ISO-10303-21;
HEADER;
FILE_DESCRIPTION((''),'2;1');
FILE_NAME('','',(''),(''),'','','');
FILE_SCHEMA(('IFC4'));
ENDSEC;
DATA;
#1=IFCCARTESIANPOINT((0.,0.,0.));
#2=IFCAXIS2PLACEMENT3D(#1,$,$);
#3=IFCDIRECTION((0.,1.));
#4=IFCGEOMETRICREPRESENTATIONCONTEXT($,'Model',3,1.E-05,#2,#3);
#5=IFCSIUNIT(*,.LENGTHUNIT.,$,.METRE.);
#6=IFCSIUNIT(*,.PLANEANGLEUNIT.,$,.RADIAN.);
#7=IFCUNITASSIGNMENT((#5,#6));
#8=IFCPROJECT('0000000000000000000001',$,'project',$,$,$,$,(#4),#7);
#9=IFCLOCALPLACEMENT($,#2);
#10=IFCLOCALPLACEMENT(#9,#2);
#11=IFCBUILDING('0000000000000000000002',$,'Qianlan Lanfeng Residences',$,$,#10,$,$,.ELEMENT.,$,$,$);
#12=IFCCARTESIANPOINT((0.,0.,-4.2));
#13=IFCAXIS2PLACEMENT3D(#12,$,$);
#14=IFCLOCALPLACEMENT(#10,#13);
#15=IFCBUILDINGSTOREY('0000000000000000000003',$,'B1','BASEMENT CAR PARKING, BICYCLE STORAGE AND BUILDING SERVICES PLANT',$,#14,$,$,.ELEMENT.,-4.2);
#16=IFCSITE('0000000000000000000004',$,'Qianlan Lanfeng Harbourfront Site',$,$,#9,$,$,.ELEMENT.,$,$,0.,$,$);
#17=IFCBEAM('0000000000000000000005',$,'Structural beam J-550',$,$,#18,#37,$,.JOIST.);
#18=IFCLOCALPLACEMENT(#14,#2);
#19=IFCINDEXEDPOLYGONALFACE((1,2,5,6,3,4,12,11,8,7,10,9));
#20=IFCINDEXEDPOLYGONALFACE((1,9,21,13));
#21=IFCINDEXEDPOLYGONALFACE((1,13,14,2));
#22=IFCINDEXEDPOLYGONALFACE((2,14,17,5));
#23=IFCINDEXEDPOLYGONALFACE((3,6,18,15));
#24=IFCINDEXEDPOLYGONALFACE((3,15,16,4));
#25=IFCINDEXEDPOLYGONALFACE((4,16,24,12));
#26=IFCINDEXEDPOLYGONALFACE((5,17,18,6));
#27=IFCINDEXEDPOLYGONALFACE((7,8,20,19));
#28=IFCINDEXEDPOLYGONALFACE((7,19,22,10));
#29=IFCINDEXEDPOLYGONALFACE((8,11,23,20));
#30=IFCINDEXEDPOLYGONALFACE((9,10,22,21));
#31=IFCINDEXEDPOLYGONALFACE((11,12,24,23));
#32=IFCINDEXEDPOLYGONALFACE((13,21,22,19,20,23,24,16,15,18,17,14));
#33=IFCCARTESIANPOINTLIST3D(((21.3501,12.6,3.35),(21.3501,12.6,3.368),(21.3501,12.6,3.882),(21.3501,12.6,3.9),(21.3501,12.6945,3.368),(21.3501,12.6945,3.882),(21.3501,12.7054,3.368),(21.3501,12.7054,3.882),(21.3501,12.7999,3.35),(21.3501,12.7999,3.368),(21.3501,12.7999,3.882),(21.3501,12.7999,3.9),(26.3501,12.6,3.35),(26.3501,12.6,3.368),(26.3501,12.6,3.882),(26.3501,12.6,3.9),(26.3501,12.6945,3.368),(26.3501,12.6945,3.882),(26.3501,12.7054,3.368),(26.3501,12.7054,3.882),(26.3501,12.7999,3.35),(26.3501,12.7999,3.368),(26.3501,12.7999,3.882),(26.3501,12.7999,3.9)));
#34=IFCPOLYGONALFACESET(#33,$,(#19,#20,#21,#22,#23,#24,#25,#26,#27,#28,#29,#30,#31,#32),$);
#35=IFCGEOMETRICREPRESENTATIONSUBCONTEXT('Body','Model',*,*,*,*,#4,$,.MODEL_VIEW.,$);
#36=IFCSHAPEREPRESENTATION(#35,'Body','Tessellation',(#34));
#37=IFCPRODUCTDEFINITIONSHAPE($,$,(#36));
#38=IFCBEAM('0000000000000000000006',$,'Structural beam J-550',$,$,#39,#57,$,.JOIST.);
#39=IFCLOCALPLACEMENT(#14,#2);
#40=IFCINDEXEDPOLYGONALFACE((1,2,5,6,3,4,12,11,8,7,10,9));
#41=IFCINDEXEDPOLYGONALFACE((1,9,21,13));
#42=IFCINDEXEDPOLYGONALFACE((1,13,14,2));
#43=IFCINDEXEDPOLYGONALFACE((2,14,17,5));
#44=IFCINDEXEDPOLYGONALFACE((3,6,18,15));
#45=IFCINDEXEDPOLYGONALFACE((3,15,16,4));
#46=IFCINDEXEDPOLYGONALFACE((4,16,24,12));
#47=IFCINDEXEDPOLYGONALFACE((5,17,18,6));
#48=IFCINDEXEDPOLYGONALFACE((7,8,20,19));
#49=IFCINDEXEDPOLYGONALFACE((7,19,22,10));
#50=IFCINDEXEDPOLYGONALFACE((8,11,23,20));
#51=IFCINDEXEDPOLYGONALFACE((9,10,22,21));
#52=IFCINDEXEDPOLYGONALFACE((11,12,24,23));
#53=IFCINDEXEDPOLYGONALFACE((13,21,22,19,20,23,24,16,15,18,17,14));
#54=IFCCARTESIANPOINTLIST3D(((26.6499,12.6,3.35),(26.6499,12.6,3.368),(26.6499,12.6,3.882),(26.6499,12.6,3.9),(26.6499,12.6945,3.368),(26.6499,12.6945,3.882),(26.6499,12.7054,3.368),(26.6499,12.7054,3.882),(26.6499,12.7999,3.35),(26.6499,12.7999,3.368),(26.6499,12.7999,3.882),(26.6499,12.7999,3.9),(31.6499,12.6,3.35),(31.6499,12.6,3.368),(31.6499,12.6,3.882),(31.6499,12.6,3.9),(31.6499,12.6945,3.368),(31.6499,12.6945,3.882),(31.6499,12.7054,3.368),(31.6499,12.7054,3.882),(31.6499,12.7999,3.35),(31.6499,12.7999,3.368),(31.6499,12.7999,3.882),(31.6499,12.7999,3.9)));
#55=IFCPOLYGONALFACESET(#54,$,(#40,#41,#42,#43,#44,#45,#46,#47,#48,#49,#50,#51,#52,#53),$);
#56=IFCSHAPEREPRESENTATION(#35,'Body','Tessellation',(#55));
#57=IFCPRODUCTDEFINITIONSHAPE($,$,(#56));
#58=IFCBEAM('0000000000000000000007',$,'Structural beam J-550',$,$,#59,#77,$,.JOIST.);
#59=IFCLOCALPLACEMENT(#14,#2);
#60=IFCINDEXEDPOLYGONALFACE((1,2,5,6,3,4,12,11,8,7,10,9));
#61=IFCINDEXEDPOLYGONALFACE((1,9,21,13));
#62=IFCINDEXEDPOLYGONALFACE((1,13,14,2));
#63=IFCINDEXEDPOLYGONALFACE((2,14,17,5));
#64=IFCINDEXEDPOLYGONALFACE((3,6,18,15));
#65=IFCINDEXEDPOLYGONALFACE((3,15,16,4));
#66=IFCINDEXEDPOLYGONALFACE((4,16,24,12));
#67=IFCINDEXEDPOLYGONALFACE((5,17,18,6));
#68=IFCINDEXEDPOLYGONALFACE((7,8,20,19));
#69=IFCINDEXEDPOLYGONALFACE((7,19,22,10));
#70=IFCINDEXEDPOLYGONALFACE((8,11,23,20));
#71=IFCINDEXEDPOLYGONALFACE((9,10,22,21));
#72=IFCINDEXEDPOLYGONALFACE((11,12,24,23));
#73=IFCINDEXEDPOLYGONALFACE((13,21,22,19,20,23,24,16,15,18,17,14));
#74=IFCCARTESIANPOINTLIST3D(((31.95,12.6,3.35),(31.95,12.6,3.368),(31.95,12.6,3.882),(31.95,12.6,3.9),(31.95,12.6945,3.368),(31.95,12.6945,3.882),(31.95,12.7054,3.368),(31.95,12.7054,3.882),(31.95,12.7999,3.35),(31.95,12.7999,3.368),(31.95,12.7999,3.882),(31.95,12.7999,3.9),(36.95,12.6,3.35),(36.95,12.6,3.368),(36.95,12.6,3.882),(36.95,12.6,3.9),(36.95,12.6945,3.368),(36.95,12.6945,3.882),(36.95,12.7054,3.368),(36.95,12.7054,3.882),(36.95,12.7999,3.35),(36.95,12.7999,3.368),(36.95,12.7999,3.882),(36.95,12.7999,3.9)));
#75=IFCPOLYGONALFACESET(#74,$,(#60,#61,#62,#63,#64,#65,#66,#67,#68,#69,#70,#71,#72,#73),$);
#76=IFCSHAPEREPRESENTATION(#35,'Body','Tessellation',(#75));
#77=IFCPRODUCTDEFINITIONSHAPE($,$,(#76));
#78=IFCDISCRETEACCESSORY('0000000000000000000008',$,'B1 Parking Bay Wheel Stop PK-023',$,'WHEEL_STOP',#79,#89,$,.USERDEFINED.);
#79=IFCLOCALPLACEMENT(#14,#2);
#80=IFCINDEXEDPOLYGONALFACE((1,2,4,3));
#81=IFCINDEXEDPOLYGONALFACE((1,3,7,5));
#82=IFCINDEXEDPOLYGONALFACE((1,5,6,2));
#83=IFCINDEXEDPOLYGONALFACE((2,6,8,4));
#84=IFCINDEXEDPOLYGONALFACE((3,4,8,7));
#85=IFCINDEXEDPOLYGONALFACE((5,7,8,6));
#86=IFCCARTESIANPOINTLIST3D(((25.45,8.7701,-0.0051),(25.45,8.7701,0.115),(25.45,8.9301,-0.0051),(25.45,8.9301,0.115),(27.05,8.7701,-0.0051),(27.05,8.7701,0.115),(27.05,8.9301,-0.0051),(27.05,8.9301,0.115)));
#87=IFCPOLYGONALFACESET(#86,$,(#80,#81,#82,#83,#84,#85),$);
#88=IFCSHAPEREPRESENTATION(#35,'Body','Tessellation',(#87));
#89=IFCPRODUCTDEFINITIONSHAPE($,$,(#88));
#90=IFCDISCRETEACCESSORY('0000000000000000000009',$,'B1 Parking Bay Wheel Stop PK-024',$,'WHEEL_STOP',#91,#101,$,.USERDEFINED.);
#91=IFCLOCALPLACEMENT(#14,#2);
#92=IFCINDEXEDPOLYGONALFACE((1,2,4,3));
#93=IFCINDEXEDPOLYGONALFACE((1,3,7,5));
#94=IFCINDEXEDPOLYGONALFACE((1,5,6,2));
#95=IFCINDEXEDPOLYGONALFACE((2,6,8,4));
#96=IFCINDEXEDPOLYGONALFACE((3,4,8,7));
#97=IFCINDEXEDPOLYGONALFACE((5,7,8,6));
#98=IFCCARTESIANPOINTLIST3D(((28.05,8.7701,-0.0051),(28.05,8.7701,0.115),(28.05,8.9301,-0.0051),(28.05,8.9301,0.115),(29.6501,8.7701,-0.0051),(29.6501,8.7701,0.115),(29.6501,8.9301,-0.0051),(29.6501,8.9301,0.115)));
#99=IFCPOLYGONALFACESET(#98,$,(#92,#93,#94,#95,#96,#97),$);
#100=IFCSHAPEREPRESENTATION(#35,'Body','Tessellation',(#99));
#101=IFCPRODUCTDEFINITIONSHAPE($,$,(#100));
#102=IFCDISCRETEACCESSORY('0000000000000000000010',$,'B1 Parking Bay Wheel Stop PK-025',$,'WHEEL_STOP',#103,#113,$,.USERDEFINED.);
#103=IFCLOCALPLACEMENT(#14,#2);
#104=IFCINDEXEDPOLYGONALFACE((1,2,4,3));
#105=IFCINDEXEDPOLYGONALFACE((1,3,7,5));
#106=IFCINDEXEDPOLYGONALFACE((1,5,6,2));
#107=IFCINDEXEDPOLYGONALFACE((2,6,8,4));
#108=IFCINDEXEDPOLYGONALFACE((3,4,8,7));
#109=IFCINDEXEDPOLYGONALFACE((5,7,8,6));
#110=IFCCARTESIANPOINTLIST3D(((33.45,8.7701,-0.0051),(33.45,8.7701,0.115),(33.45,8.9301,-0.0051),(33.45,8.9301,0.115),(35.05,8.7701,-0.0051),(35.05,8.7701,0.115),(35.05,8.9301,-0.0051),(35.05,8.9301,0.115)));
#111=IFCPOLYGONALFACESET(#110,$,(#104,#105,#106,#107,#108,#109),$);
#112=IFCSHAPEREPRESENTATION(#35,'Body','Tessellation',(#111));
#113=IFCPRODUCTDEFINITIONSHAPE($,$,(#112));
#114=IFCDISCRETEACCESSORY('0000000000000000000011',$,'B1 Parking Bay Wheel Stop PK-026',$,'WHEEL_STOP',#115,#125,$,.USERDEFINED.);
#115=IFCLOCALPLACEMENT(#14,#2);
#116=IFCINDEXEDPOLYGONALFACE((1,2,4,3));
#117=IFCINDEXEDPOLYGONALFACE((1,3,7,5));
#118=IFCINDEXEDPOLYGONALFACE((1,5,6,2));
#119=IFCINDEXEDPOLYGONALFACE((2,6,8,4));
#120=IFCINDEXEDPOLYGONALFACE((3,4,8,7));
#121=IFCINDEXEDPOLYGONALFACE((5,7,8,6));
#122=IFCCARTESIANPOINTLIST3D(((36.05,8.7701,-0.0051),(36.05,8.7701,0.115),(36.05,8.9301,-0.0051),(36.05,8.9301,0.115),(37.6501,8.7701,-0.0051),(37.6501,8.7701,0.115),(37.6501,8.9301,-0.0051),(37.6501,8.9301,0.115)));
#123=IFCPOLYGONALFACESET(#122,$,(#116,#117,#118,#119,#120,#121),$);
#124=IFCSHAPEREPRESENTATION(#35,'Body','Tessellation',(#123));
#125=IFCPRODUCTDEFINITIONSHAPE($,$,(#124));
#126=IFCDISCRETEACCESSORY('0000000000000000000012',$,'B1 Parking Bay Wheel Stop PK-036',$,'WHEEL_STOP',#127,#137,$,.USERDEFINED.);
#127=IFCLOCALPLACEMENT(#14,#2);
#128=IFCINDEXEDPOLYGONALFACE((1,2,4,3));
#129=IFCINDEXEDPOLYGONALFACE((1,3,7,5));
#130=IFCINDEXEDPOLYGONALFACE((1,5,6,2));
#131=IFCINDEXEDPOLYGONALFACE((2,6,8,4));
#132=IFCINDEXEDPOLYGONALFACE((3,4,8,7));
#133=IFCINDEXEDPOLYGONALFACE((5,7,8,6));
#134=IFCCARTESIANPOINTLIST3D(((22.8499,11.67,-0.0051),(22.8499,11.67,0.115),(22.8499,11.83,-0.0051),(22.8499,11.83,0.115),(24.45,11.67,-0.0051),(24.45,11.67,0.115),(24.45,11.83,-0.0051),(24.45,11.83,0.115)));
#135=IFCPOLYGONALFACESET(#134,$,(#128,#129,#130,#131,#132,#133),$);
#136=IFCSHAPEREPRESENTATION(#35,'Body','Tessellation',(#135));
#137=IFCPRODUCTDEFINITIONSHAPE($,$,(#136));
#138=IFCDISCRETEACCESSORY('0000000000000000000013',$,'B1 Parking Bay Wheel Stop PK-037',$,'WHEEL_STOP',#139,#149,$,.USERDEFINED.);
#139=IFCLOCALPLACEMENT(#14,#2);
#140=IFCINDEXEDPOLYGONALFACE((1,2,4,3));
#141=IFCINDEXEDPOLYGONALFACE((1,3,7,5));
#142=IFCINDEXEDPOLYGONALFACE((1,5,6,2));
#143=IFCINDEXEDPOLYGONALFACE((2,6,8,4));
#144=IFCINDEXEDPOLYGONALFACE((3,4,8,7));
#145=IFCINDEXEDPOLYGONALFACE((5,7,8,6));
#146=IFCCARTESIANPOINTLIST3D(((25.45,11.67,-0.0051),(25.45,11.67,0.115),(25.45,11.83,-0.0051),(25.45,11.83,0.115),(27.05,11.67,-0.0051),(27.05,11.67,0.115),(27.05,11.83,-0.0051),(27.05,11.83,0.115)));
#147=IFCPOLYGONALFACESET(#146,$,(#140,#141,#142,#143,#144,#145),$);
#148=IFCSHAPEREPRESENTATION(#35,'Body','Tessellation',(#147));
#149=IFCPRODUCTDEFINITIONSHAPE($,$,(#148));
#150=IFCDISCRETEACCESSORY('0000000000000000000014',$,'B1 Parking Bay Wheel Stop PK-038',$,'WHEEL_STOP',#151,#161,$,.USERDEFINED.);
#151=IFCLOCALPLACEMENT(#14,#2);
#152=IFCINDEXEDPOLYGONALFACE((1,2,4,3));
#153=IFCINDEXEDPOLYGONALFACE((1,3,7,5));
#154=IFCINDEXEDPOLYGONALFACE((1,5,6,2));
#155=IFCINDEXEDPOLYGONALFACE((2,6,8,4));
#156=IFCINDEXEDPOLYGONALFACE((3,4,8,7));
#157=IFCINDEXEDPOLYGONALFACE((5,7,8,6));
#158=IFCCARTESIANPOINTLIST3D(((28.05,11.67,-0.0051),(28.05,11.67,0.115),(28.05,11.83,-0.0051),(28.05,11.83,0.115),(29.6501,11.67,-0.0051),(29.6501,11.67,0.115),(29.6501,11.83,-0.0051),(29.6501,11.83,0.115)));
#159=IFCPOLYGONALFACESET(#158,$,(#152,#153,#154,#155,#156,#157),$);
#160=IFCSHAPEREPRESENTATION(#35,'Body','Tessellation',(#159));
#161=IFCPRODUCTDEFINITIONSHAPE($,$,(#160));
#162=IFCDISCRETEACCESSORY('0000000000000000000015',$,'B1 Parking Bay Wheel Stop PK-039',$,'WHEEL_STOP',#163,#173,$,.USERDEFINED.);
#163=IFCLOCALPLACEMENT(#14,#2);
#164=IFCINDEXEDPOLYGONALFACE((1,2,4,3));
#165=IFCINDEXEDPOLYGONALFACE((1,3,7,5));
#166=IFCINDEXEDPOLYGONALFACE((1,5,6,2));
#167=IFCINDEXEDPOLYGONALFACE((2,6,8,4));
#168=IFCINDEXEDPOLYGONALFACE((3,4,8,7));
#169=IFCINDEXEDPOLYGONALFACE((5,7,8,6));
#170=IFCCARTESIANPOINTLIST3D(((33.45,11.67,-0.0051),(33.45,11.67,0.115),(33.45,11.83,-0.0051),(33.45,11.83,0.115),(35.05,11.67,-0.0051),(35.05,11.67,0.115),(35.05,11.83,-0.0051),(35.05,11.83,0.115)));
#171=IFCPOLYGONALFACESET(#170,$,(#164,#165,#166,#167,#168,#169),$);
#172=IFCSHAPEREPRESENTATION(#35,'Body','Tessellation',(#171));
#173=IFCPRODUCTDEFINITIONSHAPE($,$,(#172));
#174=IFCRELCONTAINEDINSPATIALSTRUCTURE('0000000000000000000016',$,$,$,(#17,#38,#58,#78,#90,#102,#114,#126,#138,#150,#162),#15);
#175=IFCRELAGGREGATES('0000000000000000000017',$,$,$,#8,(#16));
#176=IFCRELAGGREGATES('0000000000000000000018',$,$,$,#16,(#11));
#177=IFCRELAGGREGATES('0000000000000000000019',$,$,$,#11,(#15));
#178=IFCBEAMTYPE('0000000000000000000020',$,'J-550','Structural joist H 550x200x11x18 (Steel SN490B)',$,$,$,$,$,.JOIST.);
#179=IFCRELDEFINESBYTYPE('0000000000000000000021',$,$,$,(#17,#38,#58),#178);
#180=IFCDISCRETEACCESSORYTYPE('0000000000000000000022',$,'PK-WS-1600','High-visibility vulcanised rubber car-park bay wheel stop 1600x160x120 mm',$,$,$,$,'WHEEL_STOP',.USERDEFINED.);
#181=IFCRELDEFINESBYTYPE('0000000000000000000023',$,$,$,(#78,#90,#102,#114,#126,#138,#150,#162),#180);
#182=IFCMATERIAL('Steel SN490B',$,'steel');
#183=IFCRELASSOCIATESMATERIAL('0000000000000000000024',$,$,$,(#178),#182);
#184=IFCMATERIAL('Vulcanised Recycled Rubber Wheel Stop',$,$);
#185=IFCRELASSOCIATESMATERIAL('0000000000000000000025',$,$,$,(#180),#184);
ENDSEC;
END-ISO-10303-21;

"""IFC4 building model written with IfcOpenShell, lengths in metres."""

from ifc_helpers import new_model, si_unit, direction, frame, origin, origin_2d, place, context, subcontext, project, spatial, rectangle, i_section, extrude, source, transform, mapped, material, material_profile, profile_set, type_object, element, save


model = new_model("IFC4")

# Units and contexts
model_context = context("Model", 3, precision=1e-05, world=origin(), true_north=direction((0.0, 1.0)))
body_context = subcontext(model_context, "Body", "Model", "MODEL_VIEW")
ifc_project = project(units=[si_unit("LENGTHUNIT", "METRE"), si_unit("PLANEANGLEUNIT", "RADIAN")], contexts=[model_context])

# Site, building, storey
site_placement = place(None, origin())
site = spatial("IfcSite", under=ifc_project, at=site_placement, Name="Qianlan Lanfeng Harbourfront Site", CompositionType="ELEMENT", RefElevation=0.0)
building_placement = place(site_placement, origin())
building = spatial("IfcBuilding", under=site, at=building_placement, Name="Qianlan Lanfeng Residences", CompositionType="ELEMENT")
storey_placement = place(building_placement, frame((0.0, 0.0, -4.2)))
storey = spatial("IfcBuildingStorey", under=building, at=storey_placement, Name="B1", Description="BASEMENT CAR PARKING, BICYCLE STORAGE AND BUILDING SERVICES PLANT", CompositionType="ELEMENT", Elevation=-4.2)

# Beams
ifc_material_1 = material(Name="Steel SN490B", Category="steel")
ifc_material_profile_1 = material_profile(ifc_material_1, i_section(OverallWidth=0.2, OverallDepth=0.55, WebThickness=0.011, FlangeThickness=0.0181, at=origin_2d()), Name="H 550x200x11x18")
ifc_profile_set_1 = profile_set([ifc_material_profile_1], Name="Steel SN490B")
beam_type_1 = type_object("IfcBeamType", Name="J-550", Description="Structural joist H 550x200x11x18 (Steel SN490B)", PredefinedType="JOIST", material=ifc_profile_set_1)
for number, where, z_axis, x_axis, name in (
    (1, (21.3501, 12.7, 3.625), (1.0, 0.0, 0.0), (0.0, 1.0, 0.0), "Structural beam J-550"),
    (2, (26.6499, 12.7, 3.625), (1.0, 0.0, 0.0), (0.0, 1.0, 0.0), "Structural beam J-550"),
    (3, (31.95, 12.7, 3.625), (1.0, 0.0, 0.0), (0.0, 1.0, 0.0), "Structural beam J-550"),
):
    element("IfcBeam", number, at=place(storey_placement, frame(where, z_axis=z_axis, x_axis=x_axis)), inside=storey, type_object=beam_type_1, Name=name, PredefinedType="JOIST", context=body_context, shape_type="SweptSolid", body=[
        extrude(i_section(OverallWidth=0.2, OverallDepth=0.55, WebThickness=0.011, FlangeThickness=0.0181, at=origin_2d()), origin(), (0.0, 0.0, 1.0), 5.0),
    ])

# Discrete accessories
ifc_material_2 = material(Name="Vulcanised Recycled Rubber Wheel Stop")
discrete_accessory_type = type_object("IfcDiscreteAccessoryType", Name="PK-WS-1600", Description="High-visibility vulcanised rubber car-park bay wheel stop 1600x160x120 mm", ElementType="WHEEL_STOP", PredefinedType="USERDEFINED", material=ifc_material_2)
shared_shape = source(origin(), body_context, "Body", "SweptSolid", [
    extrude(rectangle(XDim=1.6001, YDim=0.1599, at=origin_2d()), origin(), (0.0, 0.0, 1.0), 0.1201),
])
for number, where, z_axis, x_axis, name in (
    (4, (26.25, 8.8501, -0.0051), (0.0, 0.0, 1.0), (1.0, 0.0, 0.0), "B1 Parking Bay Wheel Stop PK-023"),
    (5, (28.8501, 8.8501, -0.0051), (0.0, 0.0, 1.0), (1.0, 0.0, 0.0), "B1 Parking Bay Wheel Stop PK-024"),
    (6, (34.25, 8.8501, -0.0051), (0.0, 0.0, 1.0), (1.0, 0.0, 0.0), "B1 Parking Bay Wheel Stop PK-025"),
    (7, (36.8501, 8.8501, -0.0051), (0.0, 0.0, 1.0), (1.0, 0.0, 0.0), "B1 Parking Bay Wheel Stop PK-026"),
    (8, (23.6499, 11.75, -0.0051), (0.0, 0.0, 1.0), (1.0, 0.0, 0.0), "B1 Parking Bay Wheel Stop PK-036"),
    (9, (26.25, 11.75, -0.0051), (0.0, 0.0, 1.0), (1.0, 0.0, 0.0), "B1 Parking Bay Wheel Stop PK-037"),
    (10, (28.8501, 11.75, -0.0051), (0.0, 0.0, 1.0), (1.0, 0.0, 0.0), "B1 Parking Bay Wheel Stop PK-038"),
    (11, (34.25, 11.75, -0.0051), (0.0, 0.0, 1.0), (1.0, 0.0, 0.0), "B1 Parking Bay Wheel Stop PK-039"),
):
    element("IfcDiscreteAccessory", number, at=place(storey_placement, frame(where, z_axis=z_axis, x_axis=x_axis)), inside=storey, type_object=discrete_accessory_type, Name=name, ObjectType="WHEEL_STOP", PredefinedType="USERDEFINED", context=body_context, shape_type="MappedRepresentation", body=[
        mapped(shared_shape, transform((0.0, 0.0, 0.0), scale=1.0)),
    ])

save(model, "model.ifc")
